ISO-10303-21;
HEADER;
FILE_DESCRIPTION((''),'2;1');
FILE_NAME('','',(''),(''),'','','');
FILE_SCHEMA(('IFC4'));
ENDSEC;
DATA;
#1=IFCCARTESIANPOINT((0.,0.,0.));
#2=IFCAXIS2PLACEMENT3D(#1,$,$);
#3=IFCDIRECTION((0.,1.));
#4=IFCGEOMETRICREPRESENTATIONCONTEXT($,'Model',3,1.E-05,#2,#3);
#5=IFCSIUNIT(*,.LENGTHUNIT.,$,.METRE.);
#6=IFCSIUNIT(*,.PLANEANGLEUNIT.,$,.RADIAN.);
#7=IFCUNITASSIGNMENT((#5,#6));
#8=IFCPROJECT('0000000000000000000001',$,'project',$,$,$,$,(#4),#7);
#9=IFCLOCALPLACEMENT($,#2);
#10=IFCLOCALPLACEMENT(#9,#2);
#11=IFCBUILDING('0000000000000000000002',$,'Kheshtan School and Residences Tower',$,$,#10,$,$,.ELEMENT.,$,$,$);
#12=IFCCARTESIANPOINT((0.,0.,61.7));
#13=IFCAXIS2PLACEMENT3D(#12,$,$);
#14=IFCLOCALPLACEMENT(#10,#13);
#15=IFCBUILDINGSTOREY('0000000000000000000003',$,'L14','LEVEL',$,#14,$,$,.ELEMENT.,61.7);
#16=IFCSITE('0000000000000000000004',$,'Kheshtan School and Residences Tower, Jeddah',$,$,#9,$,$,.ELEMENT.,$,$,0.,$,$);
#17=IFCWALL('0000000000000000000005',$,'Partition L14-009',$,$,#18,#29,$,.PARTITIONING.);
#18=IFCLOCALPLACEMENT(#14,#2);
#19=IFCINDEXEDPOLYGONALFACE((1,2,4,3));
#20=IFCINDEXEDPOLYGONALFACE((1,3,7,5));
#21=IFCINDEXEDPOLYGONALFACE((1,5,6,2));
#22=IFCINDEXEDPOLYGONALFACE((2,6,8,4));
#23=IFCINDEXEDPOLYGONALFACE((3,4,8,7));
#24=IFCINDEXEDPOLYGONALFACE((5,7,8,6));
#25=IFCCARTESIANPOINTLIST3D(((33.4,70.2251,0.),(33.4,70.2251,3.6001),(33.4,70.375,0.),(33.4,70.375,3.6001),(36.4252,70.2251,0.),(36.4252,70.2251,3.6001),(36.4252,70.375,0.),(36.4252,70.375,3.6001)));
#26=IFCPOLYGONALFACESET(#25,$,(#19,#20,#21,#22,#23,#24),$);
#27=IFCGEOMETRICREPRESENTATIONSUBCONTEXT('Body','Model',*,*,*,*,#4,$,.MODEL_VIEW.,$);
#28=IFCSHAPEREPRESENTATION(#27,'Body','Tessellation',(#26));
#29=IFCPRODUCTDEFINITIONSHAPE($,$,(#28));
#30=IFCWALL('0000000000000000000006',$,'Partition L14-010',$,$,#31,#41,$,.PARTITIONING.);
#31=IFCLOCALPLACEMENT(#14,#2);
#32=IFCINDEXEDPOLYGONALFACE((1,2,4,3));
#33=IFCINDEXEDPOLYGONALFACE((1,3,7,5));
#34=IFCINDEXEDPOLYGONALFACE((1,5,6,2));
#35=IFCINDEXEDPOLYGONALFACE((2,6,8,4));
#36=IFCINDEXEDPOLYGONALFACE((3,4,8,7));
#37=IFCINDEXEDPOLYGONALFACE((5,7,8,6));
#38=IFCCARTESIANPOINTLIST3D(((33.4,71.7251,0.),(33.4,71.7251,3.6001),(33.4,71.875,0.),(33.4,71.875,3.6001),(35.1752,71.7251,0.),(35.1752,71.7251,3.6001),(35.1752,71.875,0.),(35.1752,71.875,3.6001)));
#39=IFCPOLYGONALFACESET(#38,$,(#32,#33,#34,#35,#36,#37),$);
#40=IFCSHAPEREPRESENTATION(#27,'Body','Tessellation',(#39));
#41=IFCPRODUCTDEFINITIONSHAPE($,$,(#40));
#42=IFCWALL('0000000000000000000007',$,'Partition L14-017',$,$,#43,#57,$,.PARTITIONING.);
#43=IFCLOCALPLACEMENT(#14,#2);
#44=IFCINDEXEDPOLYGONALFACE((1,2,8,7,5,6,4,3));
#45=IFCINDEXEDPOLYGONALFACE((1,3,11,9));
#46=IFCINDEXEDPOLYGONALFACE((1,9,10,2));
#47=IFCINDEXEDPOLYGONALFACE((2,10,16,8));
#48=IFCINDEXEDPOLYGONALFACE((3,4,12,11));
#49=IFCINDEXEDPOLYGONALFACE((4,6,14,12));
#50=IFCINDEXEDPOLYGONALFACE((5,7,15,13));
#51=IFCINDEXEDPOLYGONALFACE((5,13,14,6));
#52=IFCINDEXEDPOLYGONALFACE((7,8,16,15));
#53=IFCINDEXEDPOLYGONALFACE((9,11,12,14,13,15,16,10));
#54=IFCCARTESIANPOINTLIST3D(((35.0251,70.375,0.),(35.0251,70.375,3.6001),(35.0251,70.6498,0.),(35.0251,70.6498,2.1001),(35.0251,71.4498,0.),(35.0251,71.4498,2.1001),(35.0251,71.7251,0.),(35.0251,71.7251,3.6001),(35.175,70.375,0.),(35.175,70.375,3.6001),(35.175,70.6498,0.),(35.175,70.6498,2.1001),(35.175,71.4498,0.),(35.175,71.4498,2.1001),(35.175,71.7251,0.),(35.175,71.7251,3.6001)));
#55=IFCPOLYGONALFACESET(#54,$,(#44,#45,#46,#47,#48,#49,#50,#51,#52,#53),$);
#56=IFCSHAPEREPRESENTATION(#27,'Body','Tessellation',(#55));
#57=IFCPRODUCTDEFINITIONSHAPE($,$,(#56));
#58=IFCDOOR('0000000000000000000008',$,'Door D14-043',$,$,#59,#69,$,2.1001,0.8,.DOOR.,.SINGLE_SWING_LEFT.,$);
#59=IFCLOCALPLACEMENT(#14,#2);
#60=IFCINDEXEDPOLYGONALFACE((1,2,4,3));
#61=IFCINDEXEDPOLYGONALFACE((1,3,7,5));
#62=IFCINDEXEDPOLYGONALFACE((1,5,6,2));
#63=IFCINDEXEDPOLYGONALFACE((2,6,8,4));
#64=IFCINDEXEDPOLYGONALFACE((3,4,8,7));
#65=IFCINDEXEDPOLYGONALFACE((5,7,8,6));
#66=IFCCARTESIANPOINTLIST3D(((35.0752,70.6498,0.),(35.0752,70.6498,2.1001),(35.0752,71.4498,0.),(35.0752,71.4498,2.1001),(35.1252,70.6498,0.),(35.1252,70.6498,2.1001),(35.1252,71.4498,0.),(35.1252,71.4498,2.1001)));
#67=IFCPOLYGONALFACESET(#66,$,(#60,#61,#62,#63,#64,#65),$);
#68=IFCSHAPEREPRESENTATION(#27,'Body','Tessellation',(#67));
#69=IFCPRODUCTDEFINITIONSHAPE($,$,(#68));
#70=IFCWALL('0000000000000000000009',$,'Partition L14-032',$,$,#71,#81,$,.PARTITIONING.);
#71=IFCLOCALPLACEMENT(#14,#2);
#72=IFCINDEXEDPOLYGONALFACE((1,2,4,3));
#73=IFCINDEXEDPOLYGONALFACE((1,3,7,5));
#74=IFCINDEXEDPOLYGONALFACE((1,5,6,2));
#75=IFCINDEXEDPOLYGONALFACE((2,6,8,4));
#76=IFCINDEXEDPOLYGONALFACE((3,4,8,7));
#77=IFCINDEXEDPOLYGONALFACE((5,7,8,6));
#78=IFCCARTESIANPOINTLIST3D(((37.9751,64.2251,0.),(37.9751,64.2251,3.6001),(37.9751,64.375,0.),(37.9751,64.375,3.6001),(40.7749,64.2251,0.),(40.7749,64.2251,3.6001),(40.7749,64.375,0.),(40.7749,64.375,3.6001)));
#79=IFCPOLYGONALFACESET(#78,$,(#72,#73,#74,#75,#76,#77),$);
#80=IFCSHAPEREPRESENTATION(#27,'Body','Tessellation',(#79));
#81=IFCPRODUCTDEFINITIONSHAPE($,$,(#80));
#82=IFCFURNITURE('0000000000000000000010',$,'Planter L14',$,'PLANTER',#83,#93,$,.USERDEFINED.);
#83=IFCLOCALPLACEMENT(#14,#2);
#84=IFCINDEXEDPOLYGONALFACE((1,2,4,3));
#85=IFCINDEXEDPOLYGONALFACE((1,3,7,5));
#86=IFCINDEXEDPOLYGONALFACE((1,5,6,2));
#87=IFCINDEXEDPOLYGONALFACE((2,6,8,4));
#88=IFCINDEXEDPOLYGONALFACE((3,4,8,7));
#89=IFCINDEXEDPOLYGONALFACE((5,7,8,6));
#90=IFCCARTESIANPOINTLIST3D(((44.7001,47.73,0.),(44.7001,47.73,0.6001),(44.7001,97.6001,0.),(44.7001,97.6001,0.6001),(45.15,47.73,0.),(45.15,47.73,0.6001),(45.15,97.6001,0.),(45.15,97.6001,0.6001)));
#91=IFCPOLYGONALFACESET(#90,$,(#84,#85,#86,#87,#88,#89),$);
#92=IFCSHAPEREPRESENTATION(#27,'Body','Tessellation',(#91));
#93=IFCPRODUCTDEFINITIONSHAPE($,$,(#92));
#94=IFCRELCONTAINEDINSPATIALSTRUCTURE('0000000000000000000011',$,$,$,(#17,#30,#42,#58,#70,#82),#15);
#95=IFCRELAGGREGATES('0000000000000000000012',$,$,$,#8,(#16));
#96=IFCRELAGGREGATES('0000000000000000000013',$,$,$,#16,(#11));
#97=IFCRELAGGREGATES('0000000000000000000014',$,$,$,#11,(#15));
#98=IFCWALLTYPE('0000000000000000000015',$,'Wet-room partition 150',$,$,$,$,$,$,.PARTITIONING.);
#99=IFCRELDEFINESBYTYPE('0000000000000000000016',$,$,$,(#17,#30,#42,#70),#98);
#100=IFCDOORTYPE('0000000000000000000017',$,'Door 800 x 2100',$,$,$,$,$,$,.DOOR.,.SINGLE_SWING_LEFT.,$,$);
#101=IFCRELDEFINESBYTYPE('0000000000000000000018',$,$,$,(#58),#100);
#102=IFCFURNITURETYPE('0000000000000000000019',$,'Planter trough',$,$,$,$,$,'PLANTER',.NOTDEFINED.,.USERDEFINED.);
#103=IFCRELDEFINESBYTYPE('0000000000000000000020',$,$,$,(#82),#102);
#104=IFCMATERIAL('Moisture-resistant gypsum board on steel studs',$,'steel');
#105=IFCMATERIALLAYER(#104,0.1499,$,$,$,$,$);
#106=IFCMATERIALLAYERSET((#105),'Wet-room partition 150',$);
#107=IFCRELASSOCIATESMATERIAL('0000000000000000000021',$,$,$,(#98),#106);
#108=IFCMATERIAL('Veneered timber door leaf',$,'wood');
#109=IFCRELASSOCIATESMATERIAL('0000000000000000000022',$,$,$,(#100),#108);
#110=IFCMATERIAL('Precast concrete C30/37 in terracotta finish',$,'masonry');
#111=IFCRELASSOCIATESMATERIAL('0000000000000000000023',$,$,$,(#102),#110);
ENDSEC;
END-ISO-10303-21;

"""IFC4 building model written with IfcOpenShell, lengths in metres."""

from ifc_helpers import new_model, si_unit, direction, frame, frame_2d, origin, origin_2d, place, context, subcontext, project, spatial, rectangle, extrude, source, transform, mapped, material, layer, layer_set, type_object, element, fill, save


model = new_model("IFC4")

# Units and contexts
model_context = context("Model", 3, precision=1e-05, world=origin(), true_north=direction((0.0, 1.0)))
body_context = subcontext(model_context, "Body", "Model", "MODEL_VIEW")
ifc_project = project(units=[si_unit("LENGTHUNIT", "METRE"), si_unit("PLANEANGLEUNIT", "RADIAN")], contexts=[model_context])

# Site, building, storey
site_placement = place(None, origin())
site = spatial("IfcSite", under=ifc_project, at=site_placement, Name="Kheshtan School and Residences Tower, Jeddah", CompositionType="ELEMENT", RefElevation=0.0)
building_placement = place(site_placement, origin())
building = spatial("IfcBuilding", under=site, at=building_placement, Name="Kheshtan School and Residences Tower", CompositionType="ELEMENT")
storey_placement = place(building_placement, frame((0.0, 0.0, 61.7)))
storey = spatial("IfcBuildingStorey", under=building, at=storey_placement, Name="L14", Description="LEVEL", CompositionType="ELEMENT", Elevation=61.7)

# Walls
ifc_material_1 = material(Name="Moisture-resistant gypsum board on steel studs", Category="steel")
ifc_layer_1 = layer(ifc_material_1, 0.1499)
ifc_layer_set_1 = layer_set([ifc_layer_1], Name="Wet-room partition 150")
wall_type_1 = type_object("IfcWallType", Name="Wet-room partition 150", PredefinedType="PARTITIONING", material=ifc_layer_set_1)
wall_1_placement = place(storey_placement, frame((33.3999, 70.3, 0.0), z_axis=(0.0, 0.0, 1.0), x_axis=(1.0, 0.0, 0.0)))
element("IfcWall", 1, at=wall_1_placement, inside=storey, type_object=wall_type_1, Name="Partition L14-009", PredefinedType="PARTITIONING", context=body_context, shape_type="SweptSolid", body=[
    extrude(rectangle(XDim=3.0251, YDim=0.1499, at=frame_2d((1.5127, 0.0))), origin(), (0.0, 0.0, 1.0), 3.6001),
])
wall_2_placement = place(storey_placement, frame((33.3999, 71.8, 0.0), z_axis=(0.0, 0.0, 1.0), x_axis=(1.0, 0.0, 0.0)))
element("IfcWall", 2, at=wall_2_placement, inside=storey, type_object=wall_type_1, Name="Partition L14-010", PredefinedType="PARTITIONING", context=body_context, shape_type="SweptSolid", body=[
    extrude(rectangle(XDim=1.7751, YDim=0.1499, at=frame_2d((0.8877, 0.0))), origin(), (0.0, 0.0, 1.0), 3.6001),
])

# Wall, opening, door
wall_3_placement = place(storey_placement, frame((35.1001, 70.375, 0.0), z_axis=(0.0, 0.0, 1.0), x_axis=(0.0, 1.0, 0.0)))
wall_3 = element("IfcWall", 3, at=wall_3_placement, inside=storey, type_object=wall_type_1, Name="Partition L14-017", PredefinedType="PARTITIONING", context=body_context, shape_type="SweptSolid", body=[
    extrude(rectangle(XDim=1.3501, YDim=0.1499, at=frame_2d((0.675, 0.0))), origin(), (0.0, 0.0, 1.0), 3.6001),
])
opening_1_placement = place(wall_3_placement, frame((0.2749, 0.0, 0.0)))
opening_1 = element("IfcOpeningElement", 4, at=opening_1_placement, cuts=wall_3, PredefinedType="OPENING", context=body_context, shape_type="SweptSolid", body=[
    extrude(rectangle(XDim=0.8, YDim=2.1001, at=frame_2d((0.3999, 1.05))), frame((0.0, 0.085, 0.0), z_axis=(0.0, -1.0, 0.0), x_axis=(1.0, 0.0, 0.0)), (0.0, 0.0, 1.0), 0.1699),
])
ifc_material_2 = material(Name="Veneered timber door leaf", Category="wood")
door_type_1 = type_object("IfcDoorType", Name="Door 800 x 2100", OperationType="SINGLE_SWING_LEFT", PredefinedType="DOOR", material=ifc_material_2)
shared_shape_1 = source(origin(), body_context, "Body", "SweptSolid", [
    extrude(rectangle(XDim=0.8, YDim=2.1001, at=frame_2d((0.3999, 1.05))), frame((0.0, 0.0249, 0.0), z_axis=(0.0, -1.0, 0.0), x_axis=(1.0, 0.0, 0.0)), (0.0, 0.0, 1.0), 0.05),
])
door_1_placement = place(opening_1_placement, origin())
door_1 = element("IfcDoor", 5, at=door_1_placement, inside=storey, type_object=door_type_1, Name="Door D14-043", OperationType="SINGLE_SWING_LEFT", OverallHeight=2.1001, OverallWidth=0.8, PredefinedType="DOOR", context=body_context, shape_type="MappedRepresentation", body=[
    mapped(shared_shape_1, transform((0.0, 0.0, 0.0), x_axis=(1.0, 0.0, 0.0), y_axis=(0.0, 1.0, 0.0), z_axis=(0.0, 0.0, 1.0), scale=1.0)),
])
fill(opening_1, door_1)

# Wall
wall_4_placement = place(storey_placement, frame((37.9751, 64.3, 0.0), z_axis=(0.0, 0.0, 1.0), x_axis=(1.0, 0.0, 0.0)))
element("IfcWall", 6, at=wall_4_placement, inside=storey, type_object=wall_type_1, Name="Partition L14-032", PredefinedType="PARTITIONING", context=body_context, shape_type="SweptSolid", body=[
    extrude(rectangle(XDim=2.7998, YDim=0.1499, at=frame_2d((1.3999, 0.0))), origin(), (0.0, 0.0, 1.0), 3.6001),
])

# Furniture
ifc_material_3 = material(Name="Precast concrete C30/37 in terracotta finish", Category="masonry")
furniture_type = type_object("IfcFurnitureType", Name="Planter trough", ElementType="PLANTER", AssemblyPlace="NOTDEFINED", PredefinedType="USERDEFINED", material=ifc_material_3)
furniture_placement = place(storey_placement, frame((44.925, 72.665, 0.0), z_axis=(0.0, 0.0, 1.0), x_axis=(0.0, -1.0, 0.0)))
element("IfcFurniture", 7, at=furniture_placement, inside=storey, type_object=furniture_type, Name="Planter L14", ObjectType="PLANTER", PredefinedType="USERDEFINED", context=body_context, shape_type="SweptSolid", body=[
    extrude(rectangle(XDim=49.8701, YDim=0.45, at=origin_2d()), origin(), (0.0, 0.0, 1.0), 0.6001),
])

save(model, "model.ifc")
